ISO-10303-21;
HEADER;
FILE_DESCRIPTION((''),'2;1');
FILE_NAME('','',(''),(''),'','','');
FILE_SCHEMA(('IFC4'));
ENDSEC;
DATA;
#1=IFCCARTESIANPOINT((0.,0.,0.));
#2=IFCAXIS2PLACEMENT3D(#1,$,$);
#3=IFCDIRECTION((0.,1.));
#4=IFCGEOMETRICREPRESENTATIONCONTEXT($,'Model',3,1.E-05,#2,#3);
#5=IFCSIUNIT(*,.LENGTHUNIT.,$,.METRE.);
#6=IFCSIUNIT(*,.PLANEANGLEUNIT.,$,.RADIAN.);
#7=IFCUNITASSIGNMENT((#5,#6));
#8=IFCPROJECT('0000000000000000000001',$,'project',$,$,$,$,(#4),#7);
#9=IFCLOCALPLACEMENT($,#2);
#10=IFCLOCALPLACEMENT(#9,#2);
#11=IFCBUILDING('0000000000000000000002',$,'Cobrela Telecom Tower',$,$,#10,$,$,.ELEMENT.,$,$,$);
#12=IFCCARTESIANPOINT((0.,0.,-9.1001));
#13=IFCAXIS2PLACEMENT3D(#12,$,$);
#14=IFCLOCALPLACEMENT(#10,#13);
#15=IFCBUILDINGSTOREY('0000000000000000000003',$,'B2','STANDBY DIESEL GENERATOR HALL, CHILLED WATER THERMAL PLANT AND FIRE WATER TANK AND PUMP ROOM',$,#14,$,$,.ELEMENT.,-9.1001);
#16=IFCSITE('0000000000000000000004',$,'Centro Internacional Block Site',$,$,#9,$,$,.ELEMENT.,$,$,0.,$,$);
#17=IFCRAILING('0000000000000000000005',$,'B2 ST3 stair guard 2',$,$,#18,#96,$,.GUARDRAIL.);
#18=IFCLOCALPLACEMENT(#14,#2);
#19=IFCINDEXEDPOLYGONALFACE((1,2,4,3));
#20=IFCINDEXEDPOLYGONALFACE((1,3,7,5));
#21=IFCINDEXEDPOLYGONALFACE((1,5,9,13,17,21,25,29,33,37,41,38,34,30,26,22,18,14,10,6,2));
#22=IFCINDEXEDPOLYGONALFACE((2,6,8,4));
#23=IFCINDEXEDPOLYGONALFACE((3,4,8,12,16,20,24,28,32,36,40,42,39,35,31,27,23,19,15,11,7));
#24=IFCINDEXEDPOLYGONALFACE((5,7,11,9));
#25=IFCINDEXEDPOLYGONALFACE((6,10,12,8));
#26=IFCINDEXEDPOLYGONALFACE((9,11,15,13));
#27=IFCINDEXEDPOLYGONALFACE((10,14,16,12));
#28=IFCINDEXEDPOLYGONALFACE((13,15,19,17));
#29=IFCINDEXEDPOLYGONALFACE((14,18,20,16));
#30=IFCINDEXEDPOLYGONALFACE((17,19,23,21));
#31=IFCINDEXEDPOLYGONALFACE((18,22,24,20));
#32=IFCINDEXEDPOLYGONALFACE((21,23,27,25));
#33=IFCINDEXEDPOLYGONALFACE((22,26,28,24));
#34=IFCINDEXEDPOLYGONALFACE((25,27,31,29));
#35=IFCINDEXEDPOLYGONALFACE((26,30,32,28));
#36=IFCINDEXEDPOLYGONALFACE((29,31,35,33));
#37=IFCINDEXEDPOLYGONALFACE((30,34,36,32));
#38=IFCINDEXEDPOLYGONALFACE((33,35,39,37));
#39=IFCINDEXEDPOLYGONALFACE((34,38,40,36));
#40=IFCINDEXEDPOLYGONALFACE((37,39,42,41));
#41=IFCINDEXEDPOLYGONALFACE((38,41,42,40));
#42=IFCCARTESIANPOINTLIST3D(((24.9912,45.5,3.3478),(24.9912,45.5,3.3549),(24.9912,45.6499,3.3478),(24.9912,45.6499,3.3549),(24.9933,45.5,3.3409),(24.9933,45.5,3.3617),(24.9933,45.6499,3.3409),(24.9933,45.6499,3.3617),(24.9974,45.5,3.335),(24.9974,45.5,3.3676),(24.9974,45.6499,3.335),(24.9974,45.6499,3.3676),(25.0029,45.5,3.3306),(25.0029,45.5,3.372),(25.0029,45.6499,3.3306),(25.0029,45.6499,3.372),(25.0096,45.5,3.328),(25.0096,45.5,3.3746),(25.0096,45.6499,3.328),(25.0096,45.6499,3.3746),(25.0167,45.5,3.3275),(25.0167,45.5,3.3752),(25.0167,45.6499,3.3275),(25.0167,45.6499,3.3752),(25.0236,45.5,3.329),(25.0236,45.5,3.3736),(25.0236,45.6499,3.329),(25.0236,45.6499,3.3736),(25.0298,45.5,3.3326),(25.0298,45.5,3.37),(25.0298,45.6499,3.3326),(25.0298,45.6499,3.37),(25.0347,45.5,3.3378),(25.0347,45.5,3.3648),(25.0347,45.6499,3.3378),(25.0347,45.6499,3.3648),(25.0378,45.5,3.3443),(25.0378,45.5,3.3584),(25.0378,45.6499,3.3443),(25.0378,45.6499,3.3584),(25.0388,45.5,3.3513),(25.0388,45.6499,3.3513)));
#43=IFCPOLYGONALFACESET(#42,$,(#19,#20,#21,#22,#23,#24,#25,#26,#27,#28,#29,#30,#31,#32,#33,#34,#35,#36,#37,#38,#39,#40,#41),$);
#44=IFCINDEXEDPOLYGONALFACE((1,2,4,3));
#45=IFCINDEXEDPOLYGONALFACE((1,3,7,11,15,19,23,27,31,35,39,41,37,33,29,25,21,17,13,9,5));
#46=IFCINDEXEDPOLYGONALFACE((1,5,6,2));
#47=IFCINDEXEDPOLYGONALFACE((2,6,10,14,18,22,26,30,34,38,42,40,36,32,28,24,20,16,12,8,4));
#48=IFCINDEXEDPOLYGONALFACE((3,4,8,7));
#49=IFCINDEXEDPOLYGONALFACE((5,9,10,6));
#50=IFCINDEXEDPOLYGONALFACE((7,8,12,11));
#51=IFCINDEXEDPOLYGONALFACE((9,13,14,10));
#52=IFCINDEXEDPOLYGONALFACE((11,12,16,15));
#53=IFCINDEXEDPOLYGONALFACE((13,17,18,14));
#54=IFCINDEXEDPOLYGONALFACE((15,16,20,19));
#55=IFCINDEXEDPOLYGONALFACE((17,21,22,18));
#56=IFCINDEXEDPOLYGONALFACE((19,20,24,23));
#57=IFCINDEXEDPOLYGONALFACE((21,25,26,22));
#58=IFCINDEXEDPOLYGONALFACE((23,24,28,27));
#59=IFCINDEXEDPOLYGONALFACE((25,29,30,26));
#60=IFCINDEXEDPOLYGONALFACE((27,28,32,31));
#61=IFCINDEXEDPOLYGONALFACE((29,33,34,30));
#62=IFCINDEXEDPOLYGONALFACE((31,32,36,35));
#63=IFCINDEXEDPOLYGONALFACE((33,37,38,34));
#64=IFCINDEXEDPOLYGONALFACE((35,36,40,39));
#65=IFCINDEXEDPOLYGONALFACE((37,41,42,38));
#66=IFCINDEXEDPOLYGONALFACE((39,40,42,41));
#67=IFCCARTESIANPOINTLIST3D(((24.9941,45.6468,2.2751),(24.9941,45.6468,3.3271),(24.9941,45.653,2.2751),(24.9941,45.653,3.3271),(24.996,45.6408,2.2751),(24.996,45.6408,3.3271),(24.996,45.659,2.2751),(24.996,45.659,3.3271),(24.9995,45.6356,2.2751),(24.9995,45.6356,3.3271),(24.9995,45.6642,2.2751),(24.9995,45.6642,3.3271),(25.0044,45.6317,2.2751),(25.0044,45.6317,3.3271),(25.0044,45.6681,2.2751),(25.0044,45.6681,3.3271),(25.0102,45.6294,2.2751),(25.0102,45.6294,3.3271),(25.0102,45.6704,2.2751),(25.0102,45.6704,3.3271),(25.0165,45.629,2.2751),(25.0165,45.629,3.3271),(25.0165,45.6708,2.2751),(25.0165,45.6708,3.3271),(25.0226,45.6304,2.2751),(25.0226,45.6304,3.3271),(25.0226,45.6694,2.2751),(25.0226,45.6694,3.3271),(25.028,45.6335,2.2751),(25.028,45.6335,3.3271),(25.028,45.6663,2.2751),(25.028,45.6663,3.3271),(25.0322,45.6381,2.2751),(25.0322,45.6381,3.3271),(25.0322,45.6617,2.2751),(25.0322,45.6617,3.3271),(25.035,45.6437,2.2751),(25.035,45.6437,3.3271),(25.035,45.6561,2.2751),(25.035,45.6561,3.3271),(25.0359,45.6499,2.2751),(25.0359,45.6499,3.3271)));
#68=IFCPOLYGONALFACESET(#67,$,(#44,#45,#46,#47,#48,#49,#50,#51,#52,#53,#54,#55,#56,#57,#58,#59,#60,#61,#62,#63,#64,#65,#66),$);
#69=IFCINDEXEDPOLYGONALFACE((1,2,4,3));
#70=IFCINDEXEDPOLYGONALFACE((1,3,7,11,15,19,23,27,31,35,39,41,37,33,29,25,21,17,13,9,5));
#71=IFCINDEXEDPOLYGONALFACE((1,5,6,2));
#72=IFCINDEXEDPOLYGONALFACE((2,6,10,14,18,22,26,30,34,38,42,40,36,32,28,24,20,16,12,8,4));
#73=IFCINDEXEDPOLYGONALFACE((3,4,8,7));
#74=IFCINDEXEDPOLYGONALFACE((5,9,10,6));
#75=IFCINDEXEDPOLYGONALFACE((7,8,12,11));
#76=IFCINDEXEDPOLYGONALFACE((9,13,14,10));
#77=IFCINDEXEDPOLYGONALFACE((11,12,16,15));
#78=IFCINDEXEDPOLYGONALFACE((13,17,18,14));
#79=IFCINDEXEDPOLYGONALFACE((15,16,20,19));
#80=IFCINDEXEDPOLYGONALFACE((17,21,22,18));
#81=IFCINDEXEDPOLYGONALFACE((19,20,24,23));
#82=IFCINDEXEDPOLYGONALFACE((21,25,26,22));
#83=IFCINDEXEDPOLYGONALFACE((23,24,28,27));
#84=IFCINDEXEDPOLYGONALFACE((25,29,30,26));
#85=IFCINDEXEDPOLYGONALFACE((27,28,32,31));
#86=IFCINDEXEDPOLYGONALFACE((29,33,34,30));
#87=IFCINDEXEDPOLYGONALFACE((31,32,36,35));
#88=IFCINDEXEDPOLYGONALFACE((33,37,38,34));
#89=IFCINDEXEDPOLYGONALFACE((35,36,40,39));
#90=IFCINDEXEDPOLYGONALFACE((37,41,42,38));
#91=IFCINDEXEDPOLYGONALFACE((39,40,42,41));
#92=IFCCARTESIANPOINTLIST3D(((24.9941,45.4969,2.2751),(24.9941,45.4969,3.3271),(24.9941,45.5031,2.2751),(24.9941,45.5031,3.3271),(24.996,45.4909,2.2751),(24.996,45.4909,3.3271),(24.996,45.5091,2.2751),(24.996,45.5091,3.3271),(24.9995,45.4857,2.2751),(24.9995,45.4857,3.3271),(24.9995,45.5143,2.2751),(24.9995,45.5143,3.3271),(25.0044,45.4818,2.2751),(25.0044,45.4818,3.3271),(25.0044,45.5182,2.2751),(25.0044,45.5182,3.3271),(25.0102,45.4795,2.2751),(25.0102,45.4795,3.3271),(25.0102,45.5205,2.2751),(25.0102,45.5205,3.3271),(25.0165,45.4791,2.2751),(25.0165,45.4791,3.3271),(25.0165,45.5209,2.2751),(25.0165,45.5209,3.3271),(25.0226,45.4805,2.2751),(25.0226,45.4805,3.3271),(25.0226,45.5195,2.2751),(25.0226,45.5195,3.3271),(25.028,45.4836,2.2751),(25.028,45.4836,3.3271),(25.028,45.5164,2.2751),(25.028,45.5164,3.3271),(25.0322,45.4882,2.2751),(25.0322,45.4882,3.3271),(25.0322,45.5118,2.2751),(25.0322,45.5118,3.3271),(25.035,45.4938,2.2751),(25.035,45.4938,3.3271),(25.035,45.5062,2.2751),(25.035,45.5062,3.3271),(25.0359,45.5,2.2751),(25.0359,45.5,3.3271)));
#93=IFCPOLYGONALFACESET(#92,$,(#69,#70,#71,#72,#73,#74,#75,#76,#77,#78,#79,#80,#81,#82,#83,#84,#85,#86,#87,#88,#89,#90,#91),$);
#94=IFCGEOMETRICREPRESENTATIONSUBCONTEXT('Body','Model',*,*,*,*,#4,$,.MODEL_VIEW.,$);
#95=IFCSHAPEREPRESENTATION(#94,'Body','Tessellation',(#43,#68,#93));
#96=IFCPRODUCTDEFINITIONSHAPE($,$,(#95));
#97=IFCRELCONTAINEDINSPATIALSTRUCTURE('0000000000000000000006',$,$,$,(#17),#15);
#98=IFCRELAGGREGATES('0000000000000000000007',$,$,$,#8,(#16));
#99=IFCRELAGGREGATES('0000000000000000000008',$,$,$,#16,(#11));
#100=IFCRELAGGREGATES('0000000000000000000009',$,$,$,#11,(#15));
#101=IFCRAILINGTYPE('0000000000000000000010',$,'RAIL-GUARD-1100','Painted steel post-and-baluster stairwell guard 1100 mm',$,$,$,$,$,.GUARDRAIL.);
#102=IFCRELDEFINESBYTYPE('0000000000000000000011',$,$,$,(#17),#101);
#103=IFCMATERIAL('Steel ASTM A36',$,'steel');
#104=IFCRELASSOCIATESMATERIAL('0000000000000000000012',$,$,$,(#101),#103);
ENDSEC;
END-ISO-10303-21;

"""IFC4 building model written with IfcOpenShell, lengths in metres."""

from ifc_helpers import new_model, si_unit, direction, frame, origin, origin_2d, place, context, subcontext, project, spatial, circle, extrude, material, type_object, element, save


model = new_model("IFC4")

# Units and contexts
model_context = context("Model", 3, precision=1e-05, world=origin(), true_north=direction((0.0, 1.0)))
body_context = subcontext(model_context, "Body", "Model", "MODEL_VIEW")
ifc_project = project(units=[si_unit("LENGTHUNIT", "METRE"), si_unit("PLANEANGLEUNIT", "RADIAN")], contexts=[model_context])

# Site, building, storey
site_placement = place(None, origin())
site = spatial("IfcSite", under=ifc_project, at=site_placement, Name="Centro Internacional Block Site", CompositionType="ELEMENT", RefElevation=0.0)
building_placement = place(site_placement, origin())
building = spatial("IfcBuilding", under=site, at=building_placement, Name="Cobrela Telecom Tower", CompositionType="ELEMENT")
storey_placement = place(building_placement, frame((0.0, 0.0, -9.1001)))
storey = spatial("IfcBuildingStorey", under=building, at=storey_placement, Name="B2", Description="STANDBY DIESEL GENERATOR HALL, CHILLED WATER THERMAL PLANT AND FIRE WATER TANK AND PUMP ROOM", CompositionType="ELEMENT", Elevation=-9.1001)

# Shared definitions
ifc_material_1 = material(Name="Steel ASTM A36", Category="steel")

# Railing
railing_type_1 = type_object("IfcRailingType", Name="RAIL-GUARD-1100", Description="Painted steel post-and-baluster stairwell guard 1100 mm", PredefinedType="GUARDRAIL", material=ifc_material_1)
railing_1_placement = place(storey_placement, frame((25.0149, 45.6499, 2.2751)))
element("IfcRailing", 1, at=railing_1_placement, inside=storey, type_object=railing_type_1, Name="B2 ST3 stair guard 2", PredefinedType="GUARDRAIL", context=body_context, shape_type="SweptSolid", body=[
    extrude(circle(Radius=0.0239, at=origin_2d()), frame((0.0, 0.0, 1.0762), z_axis=(0.0, -1.0, 0.0), x_axis=(1.0, 0.0, 0.0)), (0.0, 0.0, 1.0), 0.1499),
    extrude(circle(Radius=0.021, at=origin_2d()), origin(), (0.0, 0.0, 1.0), 1.052),
    extrude(circle(Radius=0.021, at=origin_2d()), frame((0.0, -0.1499, 0.0)), (0.0, 0.0, 1.0), 1.052),
])

save(model, "model.ifc")
